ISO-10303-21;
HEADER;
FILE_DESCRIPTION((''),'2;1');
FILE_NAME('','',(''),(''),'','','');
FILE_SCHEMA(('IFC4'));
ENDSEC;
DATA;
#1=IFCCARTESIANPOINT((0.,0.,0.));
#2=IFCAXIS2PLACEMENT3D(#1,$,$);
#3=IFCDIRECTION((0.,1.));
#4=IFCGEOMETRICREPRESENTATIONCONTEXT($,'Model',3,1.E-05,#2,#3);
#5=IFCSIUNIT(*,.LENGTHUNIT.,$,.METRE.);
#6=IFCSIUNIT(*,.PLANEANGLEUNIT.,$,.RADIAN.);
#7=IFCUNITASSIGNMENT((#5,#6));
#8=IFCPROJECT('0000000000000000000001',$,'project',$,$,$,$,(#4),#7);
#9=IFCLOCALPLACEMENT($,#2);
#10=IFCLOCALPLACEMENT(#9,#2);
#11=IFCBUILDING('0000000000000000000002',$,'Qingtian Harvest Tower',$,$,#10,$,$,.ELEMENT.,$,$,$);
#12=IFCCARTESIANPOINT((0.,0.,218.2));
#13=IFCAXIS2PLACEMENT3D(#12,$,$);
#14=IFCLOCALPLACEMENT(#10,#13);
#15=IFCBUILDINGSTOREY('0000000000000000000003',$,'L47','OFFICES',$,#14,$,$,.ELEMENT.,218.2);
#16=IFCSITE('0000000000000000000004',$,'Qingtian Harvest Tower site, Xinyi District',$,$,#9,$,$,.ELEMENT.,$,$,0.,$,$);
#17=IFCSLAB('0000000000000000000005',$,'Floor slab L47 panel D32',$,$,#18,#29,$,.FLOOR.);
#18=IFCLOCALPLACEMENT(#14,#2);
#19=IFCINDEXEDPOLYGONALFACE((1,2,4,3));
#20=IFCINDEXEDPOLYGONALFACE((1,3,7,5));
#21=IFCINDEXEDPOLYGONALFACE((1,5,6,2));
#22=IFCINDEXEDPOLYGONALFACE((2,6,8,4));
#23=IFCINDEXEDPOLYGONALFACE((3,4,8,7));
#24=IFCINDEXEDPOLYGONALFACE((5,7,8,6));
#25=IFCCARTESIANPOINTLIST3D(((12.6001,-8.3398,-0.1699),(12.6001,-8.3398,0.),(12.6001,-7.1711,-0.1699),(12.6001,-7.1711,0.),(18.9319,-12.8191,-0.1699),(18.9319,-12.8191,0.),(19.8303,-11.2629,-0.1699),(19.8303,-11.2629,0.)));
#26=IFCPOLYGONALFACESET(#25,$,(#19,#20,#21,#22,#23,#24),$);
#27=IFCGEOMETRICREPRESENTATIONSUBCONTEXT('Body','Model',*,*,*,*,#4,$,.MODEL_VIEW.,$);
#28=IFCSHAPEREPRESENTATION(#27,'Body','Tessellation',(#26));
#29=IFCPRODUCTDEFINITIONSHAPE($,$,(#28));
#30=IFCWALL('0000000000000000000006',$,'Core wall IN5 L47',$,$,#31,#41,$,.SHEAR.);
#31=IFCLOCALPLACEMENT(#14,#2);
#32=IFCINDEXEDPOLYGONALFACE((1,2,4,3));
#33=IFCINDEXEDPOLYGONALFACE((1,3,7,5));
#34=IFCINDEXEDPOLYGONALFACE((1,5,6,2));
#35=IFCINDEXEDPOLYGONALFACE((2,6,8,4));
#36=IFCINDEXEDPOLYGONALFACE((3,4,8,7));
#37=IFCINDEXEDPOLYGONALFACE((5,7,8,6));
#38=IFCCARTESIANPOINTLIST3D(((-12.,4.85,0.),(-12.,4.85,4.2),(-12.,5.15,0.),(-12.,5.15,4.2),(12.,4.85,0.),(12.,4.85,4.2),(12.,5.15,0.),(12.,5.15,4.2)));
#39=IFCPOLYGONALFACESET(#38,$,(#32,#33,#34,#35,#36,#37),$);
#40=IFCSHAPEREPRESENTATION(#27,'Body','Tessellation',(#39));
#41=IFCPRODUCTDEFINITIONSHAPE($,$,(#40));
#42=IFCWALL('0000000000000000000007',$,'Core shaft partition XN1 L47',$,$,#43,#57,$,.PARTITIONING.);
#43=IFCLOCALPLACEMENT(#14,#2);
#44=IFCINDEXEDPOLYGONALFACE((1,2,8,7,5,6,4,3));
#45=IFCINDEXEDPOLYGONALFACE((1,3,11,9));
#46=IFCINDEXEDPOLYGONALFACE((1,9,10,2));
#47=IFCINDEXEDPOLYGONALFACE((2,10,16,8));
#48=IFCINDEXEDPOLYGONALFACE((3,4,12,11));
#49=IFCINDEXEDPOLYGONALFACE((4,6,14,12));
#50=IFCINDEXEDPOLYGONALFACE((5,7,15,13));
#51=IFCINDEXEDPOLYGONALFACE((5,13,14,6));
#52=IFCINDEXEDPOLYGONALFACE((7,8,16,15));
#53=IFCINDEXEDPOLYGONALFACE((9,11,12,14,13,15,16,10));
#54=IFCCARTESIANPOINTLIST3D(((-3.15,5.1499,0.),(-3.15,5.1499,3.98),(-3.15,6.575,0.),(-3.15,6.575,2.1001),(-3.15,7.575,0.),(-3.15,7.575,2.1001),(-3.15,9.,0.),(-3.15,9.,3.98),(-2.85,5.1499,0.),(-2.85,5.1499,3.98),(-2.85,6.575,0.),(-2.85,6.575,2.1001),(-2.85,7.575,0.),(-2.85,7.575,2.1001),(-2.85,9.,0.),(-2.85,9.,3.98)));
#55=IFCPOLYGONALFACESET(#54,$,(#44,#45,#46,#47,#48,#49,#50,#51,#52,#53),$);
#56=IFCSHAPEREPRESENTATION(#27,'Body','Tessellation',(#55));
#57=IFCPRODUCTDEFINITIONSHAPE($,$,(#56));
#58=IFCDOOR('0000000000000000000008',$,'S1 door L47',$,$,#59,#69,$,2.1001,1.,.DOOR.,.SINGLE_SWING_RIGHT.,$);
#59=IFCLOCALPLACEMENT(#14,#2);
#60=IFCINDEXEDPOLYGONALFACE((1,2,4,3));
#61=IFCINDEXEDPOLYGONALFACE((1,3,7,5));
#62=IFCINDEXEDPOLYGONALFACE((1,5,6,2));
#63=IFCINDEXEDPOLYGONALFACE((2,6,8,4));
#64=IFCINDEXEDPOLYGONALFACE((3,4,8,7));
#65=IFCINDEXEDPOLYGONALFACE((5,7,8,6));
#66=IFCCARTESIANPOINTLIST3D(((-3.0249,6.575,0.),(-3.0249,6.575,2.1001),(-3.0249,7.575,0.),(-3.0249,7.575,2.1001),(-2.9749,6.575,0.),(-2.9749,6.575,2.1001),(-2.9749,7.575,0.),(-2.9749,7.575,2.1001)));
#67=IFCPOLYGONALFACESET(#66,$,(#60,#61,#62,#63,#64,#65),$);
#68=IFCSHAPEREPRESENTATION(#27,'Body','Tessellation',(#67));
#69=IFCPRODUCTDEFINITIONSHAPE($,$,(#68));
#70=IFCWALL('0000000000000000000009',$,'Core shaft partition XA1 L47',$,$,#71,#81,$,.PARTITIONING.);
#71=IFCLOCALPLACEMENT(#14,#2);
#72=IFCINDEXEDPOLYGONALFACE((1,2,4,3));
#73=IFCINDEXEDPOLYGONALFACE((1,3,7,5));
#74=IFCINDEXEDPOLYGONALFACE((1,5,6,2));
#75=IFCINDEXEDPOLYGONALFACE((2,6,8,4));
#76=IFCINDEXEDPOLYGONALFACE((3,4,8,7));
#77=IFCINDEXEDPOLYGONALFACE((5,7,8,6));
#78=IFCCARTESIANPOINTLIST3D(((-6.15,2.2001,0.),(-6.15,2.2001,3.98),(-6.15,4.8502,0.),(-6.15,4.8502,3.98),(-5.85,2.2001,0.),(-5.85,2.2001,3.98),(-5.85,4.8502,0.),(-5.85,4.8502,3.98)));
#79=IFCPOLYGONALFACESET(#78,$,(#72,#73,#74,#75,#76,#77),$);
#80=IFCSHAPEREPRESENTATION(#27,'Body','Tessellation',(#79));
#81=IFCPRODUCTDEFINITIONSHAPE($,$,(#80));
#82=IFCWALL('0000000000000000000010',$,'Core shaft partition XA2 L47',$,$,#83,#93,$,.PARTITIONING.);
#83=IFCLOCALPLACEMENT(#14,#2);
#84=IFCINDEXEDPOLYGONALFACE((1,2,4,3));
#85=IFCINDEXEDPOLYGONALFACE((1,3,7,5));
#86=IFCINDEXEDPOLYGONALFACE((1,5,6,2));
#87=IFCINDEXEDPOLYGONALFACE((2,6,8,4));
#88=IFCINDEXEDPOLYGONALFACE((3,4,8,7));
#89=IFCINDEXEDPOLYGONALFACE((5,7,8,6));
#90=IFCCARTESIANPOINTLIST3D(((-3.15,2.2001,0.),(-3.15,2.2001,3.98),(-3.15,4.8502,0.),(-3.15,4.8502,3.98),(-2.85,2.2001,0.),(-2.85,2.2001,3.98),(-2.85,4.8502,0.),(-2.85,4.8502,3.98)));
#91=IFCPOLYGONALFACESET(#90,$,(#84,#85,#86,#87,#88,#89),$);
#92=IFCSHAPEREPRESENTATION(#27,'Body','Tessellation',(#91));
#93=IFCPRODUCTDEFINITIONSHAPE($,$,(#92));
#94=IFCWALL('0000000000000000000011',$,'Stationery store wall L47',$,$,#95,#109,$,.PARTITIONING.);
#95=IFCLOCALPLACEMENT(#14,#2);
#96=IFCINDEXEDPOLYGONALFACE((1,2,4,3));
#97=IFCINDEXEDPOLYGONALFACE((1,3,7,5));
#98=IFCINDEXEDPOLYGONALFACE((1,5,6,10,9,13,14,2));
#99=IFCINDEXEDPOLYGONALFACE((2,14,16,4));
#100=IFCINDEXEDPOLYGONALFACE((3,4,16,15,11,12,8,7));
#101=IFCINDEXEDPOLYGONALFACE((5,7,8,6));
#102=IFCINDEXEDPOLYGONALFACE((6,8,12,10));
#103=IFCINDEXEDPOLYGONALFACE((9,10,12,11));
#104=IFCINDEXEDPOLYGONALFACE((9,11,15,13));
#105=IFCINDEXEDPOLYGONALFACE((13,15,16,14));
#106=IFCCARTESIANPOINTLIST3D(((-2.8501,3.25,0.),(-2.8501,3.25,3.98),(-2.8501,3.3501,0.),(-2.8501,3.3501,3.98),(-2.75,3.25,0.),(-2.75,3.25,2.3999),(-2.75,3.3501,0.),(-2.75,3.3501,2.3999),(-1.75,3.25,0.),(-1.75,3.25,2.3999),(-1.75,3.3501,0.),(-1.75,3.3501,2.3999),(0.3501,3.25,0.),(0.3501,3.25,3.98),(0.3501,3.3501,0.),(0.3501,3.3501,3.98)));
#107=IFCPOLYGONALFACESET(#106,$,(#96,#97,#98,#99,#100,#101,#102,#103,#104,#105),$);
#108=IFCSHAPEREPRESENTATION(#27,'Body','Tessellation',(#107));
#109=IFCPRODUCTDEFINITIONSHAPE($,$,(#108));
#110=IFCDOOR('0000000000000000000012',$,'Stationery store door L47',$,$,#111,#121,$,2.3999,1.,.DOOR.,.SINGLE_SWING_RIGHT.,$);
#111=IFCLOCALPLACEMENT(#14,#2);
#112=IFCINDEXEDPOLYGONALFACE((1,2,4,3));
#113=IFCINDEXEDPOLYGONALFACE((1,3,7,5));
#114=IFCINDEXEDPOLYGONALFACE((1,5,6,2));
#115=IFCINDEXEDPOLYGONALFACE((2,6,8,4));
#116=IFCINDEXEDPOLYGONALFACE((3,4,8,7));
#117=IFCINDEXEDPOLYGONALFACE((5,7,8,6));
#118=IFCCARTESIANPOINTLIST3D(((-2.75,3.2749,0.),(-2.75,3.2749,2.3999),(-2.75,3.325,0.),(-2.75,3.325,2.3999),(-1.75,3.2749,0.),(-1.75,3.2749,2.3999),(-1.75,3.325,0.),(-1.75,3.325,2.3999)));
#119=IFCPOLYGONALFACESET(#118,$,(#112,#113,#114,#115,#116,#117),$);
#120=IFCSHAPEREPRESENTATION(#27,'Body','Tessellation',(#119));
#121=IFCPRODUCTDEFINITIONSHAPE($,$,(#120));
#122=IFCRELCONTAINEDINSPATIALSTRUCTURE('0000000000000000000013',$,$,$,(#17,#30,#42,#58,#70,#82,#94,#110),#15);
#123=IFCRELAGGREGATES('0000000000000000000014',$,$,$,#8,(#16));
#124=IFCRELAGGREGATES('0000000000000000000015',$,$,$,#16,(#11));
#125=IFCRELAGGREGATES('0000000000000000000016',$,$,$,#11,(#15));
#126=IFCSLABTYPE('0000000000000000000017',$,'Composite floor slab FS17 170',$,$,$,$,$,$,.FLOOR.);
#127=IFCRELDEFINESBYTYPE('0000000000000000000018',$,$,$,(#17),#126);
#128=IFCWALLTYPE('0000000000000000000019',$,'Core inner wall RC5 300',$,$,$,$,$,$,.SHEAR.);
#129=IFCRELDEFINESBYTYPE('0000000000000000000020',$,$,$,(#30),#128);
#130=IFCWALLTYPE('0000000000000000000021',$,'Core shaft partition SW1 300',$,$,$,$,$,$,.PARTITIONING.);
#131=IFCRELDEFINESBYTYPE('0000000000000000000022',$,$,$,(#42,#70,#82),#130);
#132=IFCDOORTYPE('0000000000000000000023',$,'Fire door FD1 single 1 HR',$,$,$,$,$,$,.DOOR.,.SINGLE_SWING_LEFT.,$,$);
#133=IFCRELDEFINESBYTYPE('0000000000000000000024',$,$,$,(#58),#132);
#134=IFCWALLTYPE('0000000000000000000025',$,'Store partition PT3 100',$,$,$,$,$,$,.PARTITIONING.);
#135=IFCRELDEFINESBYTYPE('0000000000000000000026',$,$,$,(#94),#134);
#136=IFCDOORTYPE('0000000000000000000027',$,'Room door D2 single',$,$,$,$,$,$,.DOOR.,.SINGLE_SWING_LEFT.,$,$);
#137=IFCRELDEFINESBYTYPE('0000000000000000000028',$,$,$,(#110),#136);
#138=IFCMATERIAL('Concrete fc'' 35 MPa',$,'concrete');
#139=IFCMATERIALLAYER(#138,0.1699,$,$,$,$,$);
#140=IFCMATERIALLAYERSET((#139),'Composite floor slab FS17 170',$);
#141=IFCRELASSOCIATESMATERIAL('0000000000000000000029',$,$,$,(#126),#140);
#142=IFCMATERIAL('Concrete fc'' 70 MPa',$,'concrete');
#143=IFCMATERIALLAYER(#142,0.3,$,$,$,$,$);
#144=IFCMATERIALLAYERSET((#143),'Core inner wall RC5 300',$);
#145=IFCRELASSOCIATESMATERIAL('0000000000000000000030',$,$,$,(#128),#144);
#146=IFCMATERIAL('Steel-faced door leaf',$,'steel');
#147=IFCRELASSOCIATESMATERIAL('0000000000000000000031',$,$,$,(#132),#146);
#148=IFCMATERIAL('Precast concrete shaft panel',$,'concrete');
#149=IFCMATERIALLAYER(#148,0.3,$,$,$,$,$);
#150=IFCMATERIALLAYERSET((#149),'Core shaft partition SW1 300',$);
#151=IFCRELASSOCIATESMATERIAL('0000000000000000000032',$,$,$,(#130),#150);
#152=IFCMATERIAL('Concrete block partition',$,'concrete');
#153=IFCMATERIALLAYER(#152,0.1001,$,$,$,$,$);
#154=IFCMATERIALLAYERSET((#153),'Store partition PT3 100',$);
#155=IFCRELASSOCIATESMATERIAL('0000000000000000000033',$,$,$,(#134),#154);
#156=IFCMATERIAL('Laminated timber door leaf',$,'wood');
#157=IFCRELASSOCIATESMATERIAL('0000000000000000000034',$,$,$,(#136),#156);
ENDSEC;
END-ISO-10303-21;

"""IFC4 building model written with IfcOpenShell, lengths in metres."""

from ifc_helpers import new_model, si_unit, direction, frame, frame_2d, origin, place, context, subcontext, project, spatial, polyline, rectangle, outline, extrude, material, layer, layer_set, type_object, element, fill, save


model = new_model("IFC4")

# Units and contexts
model_context = context("Model", 3, precision=1e-05, world=origin(), true_north=direction((0.0, 1.0)))
body_context = subcontext(model_context, "Body", "Model", "MODEL_VIEW")
ifc_project = project(units=[si_unit("LENGTHUNIT", "METRE"), si_unit("PLANEANGLEUNIT", "RADIAN")], contexts=[model_context])

# Site, building, storey
site_placement = place(None, origin())
site = spatial("IfcSite", under=ifc_project, at=site_placement, Name="Qingtian Harvest Tower site, Xinyi District", CompositionType="ELEMENT", RefElevation=0.0)
building_placement = place(site_placement, origin())
building = spatial("IfcBuilding", under=site, at=building_placement, Name="Qingtian Harvest Tower", CompositionType="ELEMENT")
storey_placement = place(building_placement, frame((0.0, 0.0, 218.2)))
storey = spatial("IfcBuildingStorey", under=building, at=storey_placement, Name="L47", Description="OFFICES", CompositionType="ELEMENT", Elevation=218.2)

# Slab
ifc_material_1 = material(Name="Concrete fc' 35 MPa", Category="concrete")
ifc_layer_1 = layer(ifc_material_1, 0.1699)
ifc_layer_set_1 = layer_set([ifc_layer_1], Name="Composite floor slab FS17 170")
slab_type = type_object("IfcSlabType", Name="Composite floor slab FS17 170", PredefinedType="FLOOR", material=ifc_layer_set_1)
slab_placement = place(storey_placement, frame((0.0, 0.0, -0.1699)))
element("IfcSlab", 1, at=slab_placement, inside=storey, type_object=slab_type, Name="Floor slab L47 panel D32", PredefinedType="FLOOR", context=body_context, shape_type="SweptSolid", body=[
    extrude(outline(polyline([(12.6001, -7.1711), (19.8303, -11.2629), (18.9319, -12.8191), (12.6001, -8.3398), (12.6001, -7.1711)])), origin(), (0.0, 0.0, 1.0), 0.1699),
])

# Wall
ifc_material_2 = material(Name="Concrete fc' 70 MPa", Category="concrete")
ifc_layer_2 = layer(ifc_material_2, 0.3)
ifc_layer_set_2 = layer_set([ifc_layer_2], Name="Core inner wall RC5 300")
wall_type_1 = type_object("IfcWallType", Name="Core inner wall RC5 300", PredefinedType="SHEAR", material=ifc_layer_set_2)
wall_1_placement = place(storey_placement, frame((-12.0, 5.0, 0.0), z_axis=(0.0, 0.0, 1.0), x_axis=(1.0, 0.0, 0.0)))
element("IfcWall", 2, at=wall_1_placement, inside=storey, type_object=wall_type_1, Name="Core wall IN5 L47", PredefinedType="SHEAR", context=body_context, shape_type="SweptSolid", body=[
    extrude(rectangle(XDim=24.0, YDim=0.3, at=frame_2d((12.0, 0.0))), origin(), (0.0, 0.0, 1.0), 4.2),
])

# Shared definitions
ifc_material_3 = material(Name="Steel-faced door leaf", Category="steel")
door_type_1 = type_object("IfcDoorType", Name="Fire door FD1 single 1 HR", OperationType="SINGLE_SWING_LEFT", PredefinedType="DOOR", material=ifc_material_3)

# Wall, opening, door
ifc_material_4 = material(Name="Precast concrete shaft panel", Category="concrete")
ifc_layer_3 = layer(ifc_material_4, 0.3)
ifc_layer_set_3 = layer_set([ifc_layer_3], Name="Core shaft partition SW1 300")
wall_type_2 = type_object("IfcWallType", Name="Core shaft partition SW1 300", PredefinedType="PARTITIONING", material=ifc_layer_set_3)
wall_2_placement = place(storey_placement, frame((-3.0, 5.1499, 0.0), z_axis=(0.0, 0.0, 1.0), x_axis=(0.0, 1.0, 0.0)))
wall_2 = element("IfcWall", 3, at=wall_2_placement, inside=storey, type_object=wall_type_2, Name="Core shaft partition XN1 L47", PredefinedType="PARTITIONING", context=body_context, shape_type="SweptSolid", body=[
    extrude(rectangle(XDim=3.8501, YDim=0.3, at=frame_2d((1.925, 0.0))), origin(), (0.0, 0.0, 1.0), 3.98),
])
opening_1_placement = place(wall_2_placement, frame((1.425, 0.0, 0.0)))
opening_1 = element("IfcOpeningElement", 4, at=opening_1_placement, cuts=wall_2, PredefinedType="OPENING", context=body_context, shape_type="SweptSolid", body=[
    extrude(rectangle(XDim=1.0, YDim=2.1001, at=frame_2d((0.5, 1.05))), frame((0.0, 0.1599, 0.0), z_axis=(0.0, -1.0, 0.0), x_axis=(1.0, 0.0, 0.0)), (0.0, 0.0, 1.0), 0.3201),
])
door_1_placement = place(opening_1_placement, origin())
door_1 = element("IfcDoor", 5, at=door_1_placement, inside=storey, type_object=door_type_1, Name="S1 door L47", OperationType="SINGLE_SWING_RIGHT", OverallHeight=2.1001, OverallWidth=1.0, PredefinedType="DOOR", context=body_context, shape_type="SweptSolid", body=[
    extrude(rectangle(XDim=1.0, YDim=2.1001, at=frame_2d((0.5, 1.05))), frame((0.0, 0.0249, 0.0), z_axis=(0.0, -1.0, 0.0), x_axis=(1.0, 0.0, 0.0)), (0.0, 0.0, 1.0), 0.05),
])
fill(opening_1, door_1)

# Walls
for number, where, z_axis, x_axis, name in (
    (6, (-6.0, 2.2, 0.0), (0.0, 0.0, 1.0), (0.0, 1.0, 0.0), "Core shaft partition XA1 L47"),
    (7, (-3.0, 2.2, 0.0), (0.0, 0.0, 1.0), (0.0, 1.0, 0.0), "Core shaft partition XA2 L47"),
):
    element("IfcWall", number, at=place(storey_placement, frame(where, z_axis=z_axis, x_axis=x_axis)), inside=storey, type_object=wall_type_2, Name=name, PredefinedType="PARTITIONING", context=body_context, shape_type="SweptSolid", body=[
        extrude(rectangle(XDim=2.6501, YDim=0.3, at=frame_2d((1.3252, 0.0))), origin(), (0.0, 0.0, 1.0), 3.98),
    ])

# Wall, opening, door
ifc_material_5 = material(Name="Concrete block partition", Category="concrete")
ifc_layer_4 = layer(ifc_material_5, 0.1001)
ifc_layer_set_4 = layer_set([ifc_layer_4], Name="Store partition PT3 100")
wall_type_3 = type_object("IfcWallType", Name="Store partition PT3 100", PredefinedType="PARTITIONING", material=ifc_layer_set_4)
wall_3_placement = place(storey_placement, frame((-2.8501, 3.3, 0.0), z_axis=(0.0, 0.0, 1.0), x_axis=(1.0, 0.0, 0.0)))
wall_3 = element("IfcWall", 8, at=wall_3_placement, inside=storey, type_object=wall_type_3, Name="Stationery store wall L47", PredefinedType="PARTITIONING", context=body_context, shape_type="SweptSolid", body=[
    extrude(rectangle(XDim=3.2002, YDim=0.1001, at=frame_2d((1.6001, 0.0))), origin(), (0.0, 0.0, 1.0), 3.98),
])
opening_2_placement = place(wall_3_placement, frame((0.1001, 0.0, 0.0)))
opening_2 = element("IfcOpeningElement", 9, at=opening_2_placement, cuts=wall_3, PredefinedType="OPENING", context=body_context, shape_type="SweptSolid", body=[
    extrude(rectangle(XDim=1.0, YDim=2.3999, at=frame_2d((0.5, 1.2))), frame((0.0, 0.0601, 0.0), z_axis=(0.0, -1.0, 0.0), x_axis=(1.0, 0.0, 0.0)), (0.0, 0.0, 1.0), 0.1201),
])
ifc_material_6 = material(Name="Laminated timber door leaf", Category="wood")
door_type_2 = type_object("IfcDoorType", Name="Room door D2 single", OperationType="SINGLE_SWING_LEFT", PredefinedType="DOOR", material=ifc_material_6)
door_2_placement = place(opening_2_placement, origin())
door_2 = element("IfcDoor", 10, at=door_2_placement, inside=storey, type_object=door_type_2, Name="Stationery store door L47", OperationType="SINGLE_SWING_RIGHT", OverallHeight=2.3999, OverallWidth=1.0, PredefinedType="DOOR", context=body_context, shape_type="SweptSolid", body=[
    extrude(rectangle(XDim=1.0, YDim=2.3999, at=frame_2d((0.5, 1.2))), frame((0.0, 0.0249, 0.0), z_axis=(0.0, -1.0, 0.0), x_axis=(1.0, 0.0, 0.0)), (0.0, 0.0, 1.0), 0.05),
])
fill(opening_2, door_2)

save(model, "model.ifc")
